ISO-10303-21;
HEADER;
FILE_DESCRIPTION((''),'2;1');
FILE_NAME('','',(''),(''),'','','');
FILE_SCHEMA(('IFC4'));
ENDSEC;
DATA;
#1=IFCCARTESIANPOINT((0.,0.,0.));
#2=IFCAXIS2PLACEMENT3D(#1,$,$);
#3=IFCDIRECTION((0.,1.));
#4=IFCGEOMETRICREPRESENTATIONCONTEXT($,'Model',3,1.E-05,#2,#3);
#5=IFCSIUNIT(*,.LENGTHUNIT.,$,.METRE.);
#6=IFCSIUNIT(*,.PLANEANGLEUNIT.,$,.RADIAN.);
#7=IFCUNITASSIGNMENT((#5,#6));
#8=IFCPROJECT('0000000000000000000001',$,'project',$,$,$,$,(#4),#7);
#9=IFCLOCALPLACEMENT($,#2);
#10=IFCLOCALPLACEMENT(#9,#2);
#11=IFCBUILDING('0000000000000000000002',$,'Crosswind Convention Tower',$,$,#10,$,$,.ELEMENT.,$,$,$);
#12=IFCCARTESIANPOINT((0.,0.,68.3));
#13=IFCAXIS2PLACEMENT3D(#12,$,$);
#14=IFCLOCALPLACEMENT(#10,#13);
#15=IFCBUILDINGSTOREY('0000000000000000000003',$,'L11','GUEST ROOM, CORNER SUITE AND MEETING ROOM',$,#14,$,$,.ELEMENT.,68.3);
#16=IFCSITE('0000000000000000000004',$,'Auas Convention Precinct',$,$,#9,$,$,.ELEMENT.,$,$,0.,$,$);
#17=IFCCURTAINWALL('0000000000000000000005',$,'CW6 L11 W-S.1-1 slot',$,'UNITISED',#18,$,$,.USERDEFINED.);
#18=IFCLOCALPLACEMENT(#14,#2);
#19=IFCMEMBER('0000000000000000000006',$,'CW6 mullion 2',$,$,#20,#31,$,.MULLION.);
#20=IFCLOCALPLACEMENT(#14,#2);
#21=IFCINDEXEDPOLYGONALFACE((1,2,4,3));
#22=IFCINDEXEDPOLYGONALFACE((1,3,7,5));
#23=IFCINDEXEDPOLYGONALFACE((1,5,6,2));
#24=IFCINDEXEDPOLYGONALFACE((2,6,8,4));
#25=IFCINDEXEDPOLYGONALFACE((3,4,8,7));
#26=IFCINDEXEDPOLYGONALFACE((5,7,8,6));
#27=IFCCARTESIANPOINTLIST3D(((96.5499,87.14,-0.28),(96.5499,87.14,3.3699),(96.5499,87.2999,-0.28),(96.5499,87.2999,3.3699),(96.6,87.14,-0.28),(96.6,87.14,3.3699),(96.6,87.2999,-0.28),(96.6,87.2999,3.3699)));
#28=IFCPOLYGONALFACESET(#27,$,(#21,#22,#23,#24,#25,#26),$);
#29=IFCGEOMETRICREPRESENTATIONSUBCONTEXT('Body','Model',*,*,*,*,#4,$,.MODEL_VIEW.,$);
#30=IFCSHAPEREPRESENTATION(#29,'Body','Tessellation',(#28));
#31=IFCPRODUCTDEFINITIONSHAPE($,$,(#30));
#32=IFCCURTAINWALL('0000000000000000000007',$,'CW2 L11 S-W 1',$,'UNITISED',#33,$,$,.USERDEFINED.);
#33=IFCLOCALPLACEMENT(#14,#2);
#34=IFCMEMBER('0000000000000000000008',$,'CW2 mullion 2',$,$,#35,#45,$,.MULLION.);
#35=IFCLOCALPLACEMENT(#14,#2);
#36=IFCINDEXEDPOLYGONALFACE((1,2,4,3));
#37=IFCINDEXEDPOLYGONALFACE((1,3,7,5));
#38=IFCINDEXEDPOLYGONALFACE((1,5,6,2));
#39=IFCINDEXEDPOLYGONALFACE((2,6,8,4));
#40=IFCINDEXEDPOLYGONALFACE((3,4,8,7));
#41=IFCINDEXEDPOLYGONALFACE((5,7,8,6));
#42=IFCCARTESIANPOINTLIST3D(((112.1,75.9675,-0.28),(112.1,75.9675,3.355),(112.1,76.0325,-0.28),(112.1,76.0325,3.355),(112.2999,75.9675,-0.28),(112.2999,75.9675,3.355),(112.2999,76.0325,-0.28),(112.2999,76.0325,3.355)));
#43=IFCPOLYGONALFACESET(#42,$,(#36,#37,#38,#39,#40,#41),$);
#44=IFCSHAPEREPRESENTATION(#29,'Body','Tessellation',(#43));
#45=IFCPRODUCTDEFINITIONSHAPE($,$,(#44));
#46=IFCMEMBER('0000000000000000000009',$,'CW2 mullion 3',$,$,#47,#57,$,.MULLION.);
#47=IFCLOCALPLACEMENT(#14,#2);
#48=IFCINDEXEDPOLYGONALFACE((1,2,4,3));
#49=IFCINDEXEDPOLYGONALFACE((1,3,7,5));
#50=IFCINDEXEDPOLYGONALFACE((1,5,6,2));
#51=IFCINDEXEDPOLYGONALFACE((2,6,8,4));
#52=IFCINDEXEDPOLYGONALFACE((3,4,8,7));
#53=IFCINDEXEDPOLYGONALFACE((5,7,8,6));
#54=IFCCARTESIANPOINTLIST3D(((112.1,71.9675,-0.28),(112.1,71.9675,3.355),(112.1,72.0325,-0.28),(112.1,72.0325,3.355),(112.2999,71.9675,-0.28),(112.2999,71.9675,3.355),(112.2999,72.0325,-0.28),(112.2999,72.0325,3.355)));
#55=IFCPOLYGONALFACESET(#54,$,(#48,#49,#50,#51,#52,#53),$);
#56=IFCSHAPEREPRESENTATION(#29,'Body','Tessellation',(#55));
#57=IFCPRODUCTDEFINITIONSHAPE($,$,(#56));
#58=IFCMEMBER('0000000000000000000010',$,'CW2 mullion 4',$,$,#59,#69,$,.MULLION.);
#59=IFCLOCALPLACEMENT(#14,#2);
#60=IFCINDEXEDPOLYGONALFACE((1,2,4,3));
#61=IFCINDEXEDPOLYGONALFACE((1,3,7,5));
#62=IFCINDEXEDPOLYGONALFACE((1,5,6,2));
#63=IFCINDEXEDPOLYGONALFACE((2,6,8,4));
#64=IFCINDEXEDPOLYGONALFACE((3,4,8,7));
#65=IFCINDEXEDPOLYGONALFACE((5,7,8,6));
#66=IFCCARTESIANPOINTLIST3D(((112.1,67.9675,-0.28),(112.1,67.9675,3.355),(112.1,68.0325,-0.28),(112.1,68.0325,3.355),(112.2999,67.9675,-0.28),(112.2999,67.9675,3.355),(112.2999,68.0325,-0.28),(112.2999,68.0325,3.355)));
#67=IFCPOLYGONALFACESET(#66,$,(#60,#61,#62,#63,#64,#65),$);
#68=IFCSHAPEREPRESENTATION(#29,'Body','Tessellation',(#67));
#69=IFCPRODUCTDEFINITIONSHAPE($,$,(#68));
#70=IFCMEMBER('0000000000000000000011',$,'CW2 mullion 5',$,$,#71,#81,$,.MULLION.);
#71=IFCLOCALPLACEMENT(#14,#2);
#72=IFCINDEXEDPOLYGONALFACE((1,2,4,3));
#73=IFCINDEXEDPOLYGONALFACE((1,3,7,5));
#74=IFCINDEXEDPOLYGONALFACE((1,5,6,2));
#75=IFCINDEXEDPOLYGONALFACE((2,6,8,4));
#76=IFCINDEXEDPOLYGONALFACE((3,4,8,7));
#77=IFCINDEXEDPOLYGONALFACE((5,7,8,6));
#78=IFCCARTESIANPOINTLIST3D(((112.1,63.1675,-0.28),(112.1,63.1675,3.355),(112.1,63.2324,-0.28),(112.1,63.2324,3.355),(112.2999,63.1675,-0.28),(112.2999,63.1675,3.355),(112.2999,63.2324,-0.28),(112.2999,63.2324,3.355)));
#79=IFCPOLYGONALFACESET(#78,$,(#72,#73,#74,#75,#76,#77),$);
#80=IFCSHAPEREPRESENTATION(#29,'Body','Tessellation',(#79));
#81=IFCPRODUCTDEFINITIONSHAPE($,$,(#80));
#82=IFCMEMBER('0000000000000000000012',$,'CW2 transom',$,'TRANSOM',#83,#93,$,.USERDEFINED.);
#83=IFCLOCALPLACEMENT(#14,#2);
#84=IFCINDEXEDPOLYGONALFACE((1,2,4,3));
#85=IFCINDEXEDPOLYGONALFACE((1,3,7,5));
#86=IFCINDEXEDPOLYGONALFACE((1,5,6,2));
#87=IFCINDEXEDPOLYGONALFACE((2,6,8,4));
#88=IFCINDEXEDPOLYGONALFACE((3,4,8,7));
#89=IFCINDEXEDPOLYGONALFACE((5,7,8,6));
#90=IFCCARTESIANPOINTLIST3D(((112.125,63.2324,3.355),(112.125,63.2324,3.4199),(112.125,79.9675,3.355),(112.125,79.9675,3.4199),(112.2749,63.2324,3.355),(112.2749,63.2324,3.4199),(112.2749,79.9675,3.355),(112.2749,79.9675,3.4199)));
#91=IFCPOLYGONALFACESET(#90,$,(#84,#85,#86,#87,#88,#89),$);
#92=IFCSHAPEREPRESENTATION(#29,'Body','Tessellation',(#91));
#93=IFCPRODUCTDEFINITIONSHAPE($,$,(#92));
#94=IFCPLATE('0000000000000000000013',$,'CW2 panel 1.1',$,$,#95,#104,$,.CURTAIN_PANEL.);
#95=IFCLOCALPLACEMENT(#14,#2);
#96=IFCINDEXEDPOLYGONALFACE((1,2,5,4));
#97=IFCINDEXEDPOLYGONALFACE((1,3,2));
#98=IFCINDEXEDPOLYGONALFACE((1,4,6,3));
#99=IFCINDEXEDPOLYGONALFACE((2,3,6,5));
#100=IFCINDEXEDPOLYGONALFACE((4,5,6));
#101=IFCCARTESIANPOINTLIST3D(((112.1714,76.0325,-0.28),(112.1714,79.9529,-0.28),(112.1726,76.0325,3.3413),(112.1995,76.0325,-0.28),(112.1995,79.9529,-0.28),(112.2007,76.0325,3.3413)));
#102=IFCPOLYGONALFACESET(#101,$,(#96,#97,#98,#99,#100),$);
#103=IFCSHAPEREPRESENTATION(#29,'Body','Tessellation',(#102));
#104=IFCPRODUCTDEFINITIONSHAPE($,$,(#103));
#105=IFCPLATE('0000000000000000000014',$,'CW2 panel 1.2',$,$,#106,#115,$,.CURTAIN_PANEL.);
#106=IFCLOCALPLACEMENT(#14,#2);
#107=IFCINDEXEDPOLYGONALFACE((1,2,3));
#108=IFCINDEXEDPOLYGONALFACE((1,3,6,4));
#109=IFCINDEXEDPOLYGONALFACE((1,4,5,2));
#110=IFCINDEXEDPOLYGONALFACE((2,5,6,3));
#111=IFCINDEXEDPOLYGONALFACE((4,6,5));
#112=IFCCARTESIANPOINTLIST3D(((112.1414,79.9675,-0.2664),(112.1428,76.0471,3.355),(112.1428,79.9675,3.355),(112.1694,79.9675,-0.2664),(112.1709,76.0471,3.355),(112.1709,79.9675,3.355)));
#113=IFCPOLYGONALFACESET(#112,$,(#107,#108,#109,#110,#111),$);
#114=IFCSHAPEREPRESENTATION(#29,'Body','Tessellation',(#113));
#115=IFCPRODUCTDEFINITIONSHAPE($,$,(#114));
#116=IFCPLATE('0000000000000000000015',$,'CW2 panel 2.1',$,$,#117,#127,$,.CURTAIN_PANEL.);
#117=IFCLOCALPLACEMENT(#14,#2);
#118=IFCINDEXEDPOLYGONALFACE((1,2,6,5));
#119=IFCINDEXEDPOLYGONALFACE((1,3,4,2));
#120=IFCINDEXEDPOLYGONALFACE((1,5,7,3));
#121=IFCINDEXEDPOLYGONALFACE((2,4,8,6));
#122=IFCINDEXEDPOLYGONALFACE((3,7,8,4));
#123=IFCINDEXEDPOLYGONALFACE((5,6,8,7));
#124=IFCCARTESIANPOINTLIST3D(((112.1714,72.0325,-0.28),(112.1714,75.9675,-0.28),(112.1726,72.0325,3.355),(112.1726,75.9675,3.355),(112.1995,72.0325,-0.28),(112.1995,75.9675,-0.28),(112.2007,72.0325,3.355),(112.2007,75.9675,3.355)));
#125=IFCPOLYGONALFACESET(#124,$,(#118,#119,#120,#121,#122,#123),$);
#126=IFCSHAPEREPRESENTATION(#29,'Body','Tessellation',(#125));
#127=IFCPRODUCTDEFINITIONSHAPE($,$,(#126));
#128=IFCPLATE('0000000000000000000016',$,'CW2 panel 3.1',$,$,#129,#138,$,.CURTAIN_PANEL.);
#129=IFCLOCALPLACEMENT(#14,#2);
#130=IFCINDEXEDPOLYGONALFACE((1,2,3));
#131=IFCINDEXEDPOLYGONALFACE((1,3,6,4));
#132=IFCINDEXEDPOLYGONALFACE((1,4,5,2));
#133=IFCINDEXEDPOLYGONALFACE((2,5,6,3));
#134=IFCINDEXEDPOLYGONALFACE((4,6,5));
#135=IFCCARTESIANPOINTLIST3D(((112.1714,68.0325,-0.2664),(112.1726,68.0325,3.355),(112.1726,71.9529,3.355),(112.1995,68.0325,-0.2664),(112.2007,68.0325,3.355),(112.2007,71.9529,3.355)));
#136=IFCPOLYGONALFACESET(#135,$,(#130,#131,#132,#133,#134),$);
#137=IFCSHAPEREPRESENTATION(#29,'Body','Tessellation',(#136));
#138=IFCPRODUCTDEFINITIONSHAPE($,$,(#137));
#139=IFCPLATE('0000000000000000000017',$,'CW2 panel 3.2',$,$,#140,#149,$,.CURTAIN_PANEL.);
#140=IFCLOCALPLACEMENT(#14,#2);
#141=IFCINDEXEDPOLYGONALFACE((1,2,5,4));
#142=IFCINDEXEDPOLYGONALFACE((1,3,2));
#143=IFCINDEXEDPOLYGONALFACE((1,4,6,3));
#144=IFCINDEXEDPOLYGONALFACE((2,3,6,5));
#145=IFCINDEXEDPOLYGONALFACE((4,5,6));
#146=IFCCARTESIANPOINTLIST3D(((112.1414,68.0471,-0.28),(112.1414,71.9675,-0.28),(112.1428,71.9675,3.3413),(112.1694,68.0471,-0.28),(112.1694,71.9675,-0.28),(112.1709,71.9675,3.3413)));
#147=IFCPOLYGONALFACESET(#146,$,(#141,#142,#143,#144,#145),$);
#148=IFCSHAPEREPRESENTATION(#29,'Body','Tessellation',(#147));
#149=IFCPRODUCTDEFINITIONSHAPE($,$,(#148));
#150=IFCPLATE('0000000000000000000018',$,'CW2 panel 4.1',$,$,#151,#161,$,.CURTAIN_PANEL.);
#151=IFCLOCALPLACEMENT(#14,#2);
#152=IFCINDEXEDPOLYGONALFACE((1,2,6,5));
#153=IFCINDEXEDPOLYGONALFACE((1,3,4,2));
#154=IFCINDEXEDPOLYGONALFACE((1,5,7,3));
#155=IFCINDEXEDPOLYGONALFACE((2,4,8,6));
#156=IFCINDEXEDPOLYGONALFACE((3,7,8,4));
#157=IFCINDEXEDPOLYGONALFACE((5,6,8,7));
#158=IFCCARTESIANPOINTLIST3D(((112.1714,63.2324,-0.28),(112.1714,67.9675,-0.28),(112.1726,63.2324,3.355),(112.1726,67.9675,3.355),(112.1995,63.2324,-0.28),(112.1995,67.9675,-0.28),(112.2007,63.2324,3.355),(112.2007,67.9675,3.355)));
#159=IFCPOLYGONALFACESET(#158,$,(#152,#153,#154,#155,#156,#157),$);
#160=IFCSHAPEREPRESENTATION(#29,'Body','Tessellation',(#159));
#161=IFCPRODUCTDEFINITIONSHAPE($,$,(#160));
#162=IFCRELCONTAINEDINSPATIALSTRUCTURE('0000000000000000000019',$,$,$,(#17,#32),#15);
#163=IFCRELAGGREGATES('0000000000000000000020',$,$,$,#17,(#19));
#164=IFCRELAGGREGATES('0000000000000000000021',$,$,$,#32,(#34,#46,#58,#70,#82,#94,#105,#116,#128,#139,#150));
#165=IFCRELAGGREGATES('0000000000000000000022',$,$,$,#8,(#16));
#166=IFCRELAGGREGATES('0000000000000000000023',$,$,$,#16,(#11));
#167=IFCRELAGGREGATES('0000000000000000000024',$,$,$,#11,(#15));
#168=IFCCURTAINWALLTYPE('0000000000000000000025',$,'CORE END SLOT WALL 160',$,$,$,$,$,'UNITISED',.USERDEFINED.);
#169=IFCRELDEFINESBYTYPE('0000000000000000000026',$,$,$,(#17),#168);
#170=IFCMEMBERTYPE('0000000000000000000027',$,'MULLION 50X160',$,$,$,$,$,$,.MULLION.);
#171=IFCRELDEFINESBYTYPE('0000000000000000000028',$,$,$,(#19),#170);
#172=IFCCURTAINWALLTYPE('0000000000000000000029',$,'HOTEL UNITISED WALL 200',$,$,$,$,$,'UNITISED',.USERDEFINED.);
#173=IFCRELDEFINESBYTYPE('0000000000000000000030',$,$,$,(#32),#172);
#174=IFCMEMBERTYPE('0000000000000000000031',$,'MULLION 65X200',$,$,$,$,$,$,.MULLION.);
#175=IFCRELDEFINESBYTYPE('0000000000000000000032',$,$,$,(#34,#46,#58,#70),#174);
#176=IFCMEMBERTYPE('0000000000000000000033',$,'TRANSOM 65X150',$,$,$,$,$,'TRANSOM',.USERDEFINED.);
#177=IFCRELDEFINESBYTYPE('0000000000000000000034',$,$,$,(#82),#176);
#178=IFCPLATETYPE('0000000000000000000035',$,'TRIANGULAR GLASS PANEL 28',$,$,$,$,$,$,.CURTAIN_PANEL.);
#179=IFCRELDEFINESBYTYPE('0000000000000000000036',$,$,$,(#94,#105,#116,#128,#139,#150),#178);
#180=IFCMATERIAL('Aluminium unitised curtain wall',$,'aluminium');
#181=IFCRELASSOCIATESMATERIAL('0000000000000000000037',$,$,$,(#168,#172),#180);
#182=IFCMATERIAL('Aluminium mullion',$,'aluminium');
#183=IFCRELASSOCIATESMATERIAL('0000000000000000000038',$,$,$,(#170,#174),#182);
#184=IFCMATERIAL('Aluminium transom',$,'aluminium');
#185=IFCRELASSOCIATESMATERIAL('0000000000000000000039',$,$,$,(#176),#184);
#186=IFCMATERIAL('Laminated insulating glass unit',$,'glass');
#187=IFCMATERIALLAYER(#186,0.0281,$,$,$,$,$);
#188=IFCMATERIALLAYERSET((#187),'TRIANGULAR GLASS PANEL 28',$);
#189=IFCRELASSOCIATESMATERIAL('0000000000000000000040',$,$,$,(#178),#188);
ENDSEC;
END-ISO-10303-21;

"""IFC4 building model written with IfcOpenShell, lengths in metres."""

from ifc_helpers import new_model, si_unit, direction, frame, origin, origin_2d, place, context, subcontext, project, spatial, polyline, rectangle, outline, extrude, material, layer, layer_set, material_profile, profile_set, type_object, element, aggregate, save


model = new_model("IFC4")

# Units and contexts
model_context = context("Model", 3, precision=1e-05, world=origin(), true_north=direction((0.0, 1.0)))
body_context = subcontext(model_context, "Body", "Model", "MODEL_VIEW")
ifc_project = project(units=[si_unit("LENGTHUNIT", "METRE"), si_unit("PLANEANGLEUNIT", "RADIAN")], contexts=[model_context])

# Site, building, storey
site_placement = place(None, origin())
site = spatial("IfcSite", under=ifc_project, at=site_placement, Name="Auas Convention Precinct", CompositionType="ELEMENT", RefElevation=0.0)
building_placement = place(site_placement, origin())
building = spatial("IfcBuilding", under=site, at=building_placement, Name="Crosswind Convention Tower", CompositionType="ELEMENT")
storey_placement = place(building_placement, frame((0.0, 0.0, 68.3)))
storey = spatial("IfcBuildingStorey", under=building, at=storey_placement, Name="L11", Description="GUEST ROOM, CORNER SUITE AND MEETING ROOM", CompositionType="ELEMENT", Elevation=68.3)

# Curtain wall, member
ifc_material_1 = material(Name="Aluminium unitised curtain wall", Category="aluminium")
curtain_wall_type_1 = type_object("IfcCurtainWallType", Name="CORE END SLOT WALL 160", ElementType="UNITISED", PredefinedType="USERDEFINED", material=ifc_material_1)
curtain_wall_1_placement = place(storey_placement, origin())
curtain_wall_1 = element("IfcCurtainWall", 1, at=curtain_wall_1_placement, inside=storey, type_object=curtain_wall_type_1, Name="CW6 L11 W-S.1-1 slot", ObjectType="UNITISED", PredefinedType="USERDEFINED")
ifc_material_2 = material(Name="Aluminium mullion", Category="aluminium")
ifc_material_profile_1 = material_profile(ifc_material_2, rectangle(XDim=0.1599, YDim=0.05, at=origin_2d()), Name="AL 160X50")
ifc_profile_set_1 = profile_set([ifc_material_profile_1], Name="Aluminium mullion")
member_type_1 = type_object("IfcMemberType", Name="MULLION 50X160", PredefinedType="MULLION", material=ifc_profile_set_1)
member_1_placement = place(storey_placement, frame((96.575, 87.22, -0.28), z_axis=(0.0, 0.0, 1.0), x_axis=(0.0, -1.0, 0.0)))
member_1 = element("IfcMember", 2, at=member_1_placement, type_object=member_type_1, Name="CW6 mullion 2", PredefinedType="MULLION", context=body_context, shape_type="SweptSolid", body=[
    extrude(rectangle(XDim=0.1599, YDim=0.05, at=origin_2d()), origin(), (0.0, 0.0, 1.0), 3.6499),
])
aggregate(curtain_wall_1, [member_1])

# Curtain wall, members, plates
curtain_wall_type_2 = type_object("IfcCurtainWallType", Name="HOTEL UNITISED WALL 200", ElementType="UNITISED", PredefinedType="USERDEFINED", material=ifc_material_1)
curtain_wall_2_placement = place(storey_placement, origin())
curtain_wall_2 = element("IfcCurtainWall", 3, at=curtain_wall_2_placement, inside=storey, type_object=curtain_wall_type_2, Name="CW2 L11 S-W 1", ObjectType="UNITISED", PredefinedType="USERDEFINED")
ifc_material_profile_2 = material_profile(ifc_material_2, rectangle(XDim=0.2, YDim=0.0649, at=origin_2d()), Name="AL 200X65")
ifc_profile_set_2 = profile_set([ifc_material_profile_2], Name="Aluminium mullion")
member_type_2 = type_object("IfcMemberType", Name="MULLION 65X200", PredefinedType="MULLION", material=ifc_profile_set_2)
member_2_placement = place(storey_placement, frame((112.2, 76.0, -0.28), z_axis=(0.0, 0.0, 1.0), x_axis=(-1.0, 0.0, 0.0)))
member_2 = element("IfcMember", 4, at=member_2_placement, type_object=member_type_2, Name="CW2 mullion 2", PredefinedType="MULLION", context=body_context, shape_type="SweptSolid", body=[
    extrude(rectangle(XDim=0.2, YDim=0.0649, at=origin_2d()), origin(), (0.0, 0.0, 1.0), 3.635),
])
member_3_placement = place(storey_placement, frame((112.2, 72.0, -0.28), z_axis=(0.0, 0.0, 1.0), x_axis=(-1.0, 0.0, 0.0)))
member_3 = element("IfcMember", 5, at=member_3_placement, type_object=member_type_2, Name="CW2 mullion 3", PredefinedType="MULLION", context=body_context, shape_type="SweptSolid", body=[
    extrude(rectangle(XDim=0.2, YDim=0.0649, at=origin_2d()), origin(), (0.0, 0.0, 1.0), 3.635),
])
member_4_placement = place(storey_placement, frame((112.2, 68.0, -0.28), z_axis=(0.0, 0.0, 1.0), x_axis=(-1.0, 0.0, 0.0)))
member_4 = element("IfcMember", 6, at=member_4_placement, type_object=member_type_2, Name="CW2 mullion 4", PredefinedType="MULLION", context=body_context, shape_type="SweptSolid", body=[
    extrude(rectangle(XDim=0.2, YDim=0.0649, at=origin_2d()), origin(), (0.0, 0.0, 1.0), 3.635),
])
member_5_placement = place(storey_placement, frame((112.2, 63.2, -0.28), z_axis=(0.0, 0.0, 1.0), x_axis=(-1.0, 0.0, 0.0)))
member_5 = element("IfcMember", 7, at=member_5_placement, type_object=member_type_2, Name="CW2 mullion 5", PredefinedType="MULLION", context=body_context, shape_type="SweptSolid", body=[
    extrude(rectangle(XDim=0.2, YDim=0.0649, at=origin_2d()), origin(), (0.0, 0.0, 1.0), 3.635),
])
ifc_material_3 = material(Name="Aluminium transom", Category="aluminium")
ifc_material_profile_3 = material_profile(ifc_material_3, rectangle(XDim=0.1499, YDim=0.0649, at=origin_2d()), Name="AL 150X65")
ifc_profile_set_3 = profile_set([ifc_material_profile_3], Name="Aluminium transom")
member_type_3 = type_object("IfcMemberType", Name="TRANSOM 65X150", ElementType="TRANSOM", PredefinedType="USERDEFINED", material=ifc_profile_set_3)
member_6_placement = place(storey_placement, frame((112.2, 79.9675, 3.3875), z_axis=(0.0, -1.0, 0.0), x_axis=(1.0, 0.0, 0.0)))
member_6 = element("IfcMember", 8, at=member_6_placement, type_object=member_type_3, Name="CW2 transom", ObjectType="TRANSOM", PredefinedType="USERDEFINED", context=body_context, shape_type="SweptSolid", body=[
    extrude(rectangle(XDim=0.1499, YDim=0.0649, at=origin_2d()), origin(), (0.0, 0.0, 1.0), 16.7351),
])
ifc_material_4 = material(Name="Laminated insulating glass unit", Category="glass")
ifc_layer_1 = layer(ifc_material_4, 0.0281)
ifc_layer_set_1 = layer_set([ifc_layer_1], Name="TRIANGULAR GLASS PANEL 28")
plate_type = type_object("IfcPlateType", Name="TRIANGULAR GLASS PANEL 28", PredefinedType="CURTAIN_PANEL", material=ifc_layer_set_1)
plate_1_placement = place(storey_placement, frame((112.1714, 76.0325, -0.28), z_axis=(-1.0, 0.0, 0.000337), x_axis=(0.000337, 0.0, 1.0)))
plate_1 = element("IfcPlate", 9, at=plate_1_placement, type_object=plate_type, Name="CW2 panel 1.1", PredefinedType="CURTAIN_PANEL", context=body_context, shape_type="SweptSolid", body=[
    extrude(outline(polyline([(0.0, 0.0), (3.6213, 0.0), (0.0, 3.9204), (0.0, 0.0)])), origin(), (0.0, 0.0, -1.0), 0.0281),
])
plate_2_placement = place(storey_placement, frame((112.1428, 79.9675, 3.355), z_axis=(-1.0, 0.0, 0.000405), x_axis=(-0.000405, 0.0, -1.0)))
plate_2 = element("IfcPlate", 10, at=plate_2_placement, type_object=plate_type, Name="CW2 panel 1.2", PredefinedType="CURTAIN_PANEL", context=body_context, shape_type="SweptSolid", body=[
    extrude(outline(polyline([(0.0, 0.0), (3.6213, 0.0), (0.0, 3.9204), (0.0, 0.0)])), origin(), (0.0, 0.0, -1.0), 0.0281),
])
plate_3_placement = place(storey_placement, frame((112.1714, 75.9675, -0.28), z_axis=(-1.0, 0.0, 0.000336), x_axis=(0.0, -1.0, 0.0)))
plate_3 = element("IfcPlate", 11, at=plate_3_placement, type_object=plate_type, Name="CW2 panel 2.1", PredefinedType="CURTAIN_PANEL", context=body_context, shape_type="SweptSolid", body=[
    extrude(outline(polyline([(0.0, 0.0), (3.9351, 0.0), (3.9351, 3.635), (0.0, 3.635), (0.0, 0.0)])), origin(), (0.0, 0.0, -1.0), 0.0281),
])
plate_4_placement = place(storey_placement, frame((112.1726, 68.0325, 3.355), z_axis=(-1.0, 0.0, 0.000337), x_axis=(0.0, 1.0, 0.0)))
plate_4 = element("IfcPlate", 12, at=plate_4_placement, type_object=plate_type, Name="CW2 panel 3.1", PredefinedType="CURTAIN_PANEL", context=body_context, shape_type="SweptSolid", body=[
    extrude(outline(polyline([(0.0, 0.0), (3.9204, 0.0), (0.0, 3.6213), (0.0, 0.0)])), origin(), (0.0, 0.0, -1.0), 0.0281),
])
plate_5_placement = place(storey_placement, frame((112.1414, 71.9675, -0.28), z_axis=(-1.0, 0.0, 0.000405), x_axis=(0.0, -1.0, 0.0)))
plate_5 = element("IfcPlate", 13, at=plate_5_placement, type_object=plate_type, Name="CW2 panel 3.2", PredefinedType="CURTAIN_PANEL", context=body_context, shape_type="SweptSolid", body=[
    extrude(outline(polyline([(0.0, 0.0), (3.9204, 0.0), (0.0, 3.6213), (0.0, 0.0)])), origin(), (0.0, 0.0, -1.0), 0.0281),
])
plate_6_placement = place(storey_placement, frame((112.1714, 67.9675, -0.28), z_axis=(-1.0, 0.0, 0.000336), x_axis=(0.0, -1.0, 0.0)))
plate_6 = element("IfcPlate", 14, at=plate_6_placement, type_object=plate_type, Name="CW2 panel 4.1", PredefinedType="CURTAIN_PANEL", context=body_context, shape_type="SweptSolid", body=[
    extrude(outline(polyline([(0.0, 0.0), (4.7351, 0.0), (4.7351, 3.635), (0.0, 3.635), (0.0, 0.0)])), origin(), (0.0, 0.0, -1.0), 0.0281),
])

aggregate(curtain_wall_2, [member_2, member_3, member_4, member_5, member_6, plate_1, plate_2, plate_3, plate_4, plate_5, plate_6])

save(model, "model.ifc")
